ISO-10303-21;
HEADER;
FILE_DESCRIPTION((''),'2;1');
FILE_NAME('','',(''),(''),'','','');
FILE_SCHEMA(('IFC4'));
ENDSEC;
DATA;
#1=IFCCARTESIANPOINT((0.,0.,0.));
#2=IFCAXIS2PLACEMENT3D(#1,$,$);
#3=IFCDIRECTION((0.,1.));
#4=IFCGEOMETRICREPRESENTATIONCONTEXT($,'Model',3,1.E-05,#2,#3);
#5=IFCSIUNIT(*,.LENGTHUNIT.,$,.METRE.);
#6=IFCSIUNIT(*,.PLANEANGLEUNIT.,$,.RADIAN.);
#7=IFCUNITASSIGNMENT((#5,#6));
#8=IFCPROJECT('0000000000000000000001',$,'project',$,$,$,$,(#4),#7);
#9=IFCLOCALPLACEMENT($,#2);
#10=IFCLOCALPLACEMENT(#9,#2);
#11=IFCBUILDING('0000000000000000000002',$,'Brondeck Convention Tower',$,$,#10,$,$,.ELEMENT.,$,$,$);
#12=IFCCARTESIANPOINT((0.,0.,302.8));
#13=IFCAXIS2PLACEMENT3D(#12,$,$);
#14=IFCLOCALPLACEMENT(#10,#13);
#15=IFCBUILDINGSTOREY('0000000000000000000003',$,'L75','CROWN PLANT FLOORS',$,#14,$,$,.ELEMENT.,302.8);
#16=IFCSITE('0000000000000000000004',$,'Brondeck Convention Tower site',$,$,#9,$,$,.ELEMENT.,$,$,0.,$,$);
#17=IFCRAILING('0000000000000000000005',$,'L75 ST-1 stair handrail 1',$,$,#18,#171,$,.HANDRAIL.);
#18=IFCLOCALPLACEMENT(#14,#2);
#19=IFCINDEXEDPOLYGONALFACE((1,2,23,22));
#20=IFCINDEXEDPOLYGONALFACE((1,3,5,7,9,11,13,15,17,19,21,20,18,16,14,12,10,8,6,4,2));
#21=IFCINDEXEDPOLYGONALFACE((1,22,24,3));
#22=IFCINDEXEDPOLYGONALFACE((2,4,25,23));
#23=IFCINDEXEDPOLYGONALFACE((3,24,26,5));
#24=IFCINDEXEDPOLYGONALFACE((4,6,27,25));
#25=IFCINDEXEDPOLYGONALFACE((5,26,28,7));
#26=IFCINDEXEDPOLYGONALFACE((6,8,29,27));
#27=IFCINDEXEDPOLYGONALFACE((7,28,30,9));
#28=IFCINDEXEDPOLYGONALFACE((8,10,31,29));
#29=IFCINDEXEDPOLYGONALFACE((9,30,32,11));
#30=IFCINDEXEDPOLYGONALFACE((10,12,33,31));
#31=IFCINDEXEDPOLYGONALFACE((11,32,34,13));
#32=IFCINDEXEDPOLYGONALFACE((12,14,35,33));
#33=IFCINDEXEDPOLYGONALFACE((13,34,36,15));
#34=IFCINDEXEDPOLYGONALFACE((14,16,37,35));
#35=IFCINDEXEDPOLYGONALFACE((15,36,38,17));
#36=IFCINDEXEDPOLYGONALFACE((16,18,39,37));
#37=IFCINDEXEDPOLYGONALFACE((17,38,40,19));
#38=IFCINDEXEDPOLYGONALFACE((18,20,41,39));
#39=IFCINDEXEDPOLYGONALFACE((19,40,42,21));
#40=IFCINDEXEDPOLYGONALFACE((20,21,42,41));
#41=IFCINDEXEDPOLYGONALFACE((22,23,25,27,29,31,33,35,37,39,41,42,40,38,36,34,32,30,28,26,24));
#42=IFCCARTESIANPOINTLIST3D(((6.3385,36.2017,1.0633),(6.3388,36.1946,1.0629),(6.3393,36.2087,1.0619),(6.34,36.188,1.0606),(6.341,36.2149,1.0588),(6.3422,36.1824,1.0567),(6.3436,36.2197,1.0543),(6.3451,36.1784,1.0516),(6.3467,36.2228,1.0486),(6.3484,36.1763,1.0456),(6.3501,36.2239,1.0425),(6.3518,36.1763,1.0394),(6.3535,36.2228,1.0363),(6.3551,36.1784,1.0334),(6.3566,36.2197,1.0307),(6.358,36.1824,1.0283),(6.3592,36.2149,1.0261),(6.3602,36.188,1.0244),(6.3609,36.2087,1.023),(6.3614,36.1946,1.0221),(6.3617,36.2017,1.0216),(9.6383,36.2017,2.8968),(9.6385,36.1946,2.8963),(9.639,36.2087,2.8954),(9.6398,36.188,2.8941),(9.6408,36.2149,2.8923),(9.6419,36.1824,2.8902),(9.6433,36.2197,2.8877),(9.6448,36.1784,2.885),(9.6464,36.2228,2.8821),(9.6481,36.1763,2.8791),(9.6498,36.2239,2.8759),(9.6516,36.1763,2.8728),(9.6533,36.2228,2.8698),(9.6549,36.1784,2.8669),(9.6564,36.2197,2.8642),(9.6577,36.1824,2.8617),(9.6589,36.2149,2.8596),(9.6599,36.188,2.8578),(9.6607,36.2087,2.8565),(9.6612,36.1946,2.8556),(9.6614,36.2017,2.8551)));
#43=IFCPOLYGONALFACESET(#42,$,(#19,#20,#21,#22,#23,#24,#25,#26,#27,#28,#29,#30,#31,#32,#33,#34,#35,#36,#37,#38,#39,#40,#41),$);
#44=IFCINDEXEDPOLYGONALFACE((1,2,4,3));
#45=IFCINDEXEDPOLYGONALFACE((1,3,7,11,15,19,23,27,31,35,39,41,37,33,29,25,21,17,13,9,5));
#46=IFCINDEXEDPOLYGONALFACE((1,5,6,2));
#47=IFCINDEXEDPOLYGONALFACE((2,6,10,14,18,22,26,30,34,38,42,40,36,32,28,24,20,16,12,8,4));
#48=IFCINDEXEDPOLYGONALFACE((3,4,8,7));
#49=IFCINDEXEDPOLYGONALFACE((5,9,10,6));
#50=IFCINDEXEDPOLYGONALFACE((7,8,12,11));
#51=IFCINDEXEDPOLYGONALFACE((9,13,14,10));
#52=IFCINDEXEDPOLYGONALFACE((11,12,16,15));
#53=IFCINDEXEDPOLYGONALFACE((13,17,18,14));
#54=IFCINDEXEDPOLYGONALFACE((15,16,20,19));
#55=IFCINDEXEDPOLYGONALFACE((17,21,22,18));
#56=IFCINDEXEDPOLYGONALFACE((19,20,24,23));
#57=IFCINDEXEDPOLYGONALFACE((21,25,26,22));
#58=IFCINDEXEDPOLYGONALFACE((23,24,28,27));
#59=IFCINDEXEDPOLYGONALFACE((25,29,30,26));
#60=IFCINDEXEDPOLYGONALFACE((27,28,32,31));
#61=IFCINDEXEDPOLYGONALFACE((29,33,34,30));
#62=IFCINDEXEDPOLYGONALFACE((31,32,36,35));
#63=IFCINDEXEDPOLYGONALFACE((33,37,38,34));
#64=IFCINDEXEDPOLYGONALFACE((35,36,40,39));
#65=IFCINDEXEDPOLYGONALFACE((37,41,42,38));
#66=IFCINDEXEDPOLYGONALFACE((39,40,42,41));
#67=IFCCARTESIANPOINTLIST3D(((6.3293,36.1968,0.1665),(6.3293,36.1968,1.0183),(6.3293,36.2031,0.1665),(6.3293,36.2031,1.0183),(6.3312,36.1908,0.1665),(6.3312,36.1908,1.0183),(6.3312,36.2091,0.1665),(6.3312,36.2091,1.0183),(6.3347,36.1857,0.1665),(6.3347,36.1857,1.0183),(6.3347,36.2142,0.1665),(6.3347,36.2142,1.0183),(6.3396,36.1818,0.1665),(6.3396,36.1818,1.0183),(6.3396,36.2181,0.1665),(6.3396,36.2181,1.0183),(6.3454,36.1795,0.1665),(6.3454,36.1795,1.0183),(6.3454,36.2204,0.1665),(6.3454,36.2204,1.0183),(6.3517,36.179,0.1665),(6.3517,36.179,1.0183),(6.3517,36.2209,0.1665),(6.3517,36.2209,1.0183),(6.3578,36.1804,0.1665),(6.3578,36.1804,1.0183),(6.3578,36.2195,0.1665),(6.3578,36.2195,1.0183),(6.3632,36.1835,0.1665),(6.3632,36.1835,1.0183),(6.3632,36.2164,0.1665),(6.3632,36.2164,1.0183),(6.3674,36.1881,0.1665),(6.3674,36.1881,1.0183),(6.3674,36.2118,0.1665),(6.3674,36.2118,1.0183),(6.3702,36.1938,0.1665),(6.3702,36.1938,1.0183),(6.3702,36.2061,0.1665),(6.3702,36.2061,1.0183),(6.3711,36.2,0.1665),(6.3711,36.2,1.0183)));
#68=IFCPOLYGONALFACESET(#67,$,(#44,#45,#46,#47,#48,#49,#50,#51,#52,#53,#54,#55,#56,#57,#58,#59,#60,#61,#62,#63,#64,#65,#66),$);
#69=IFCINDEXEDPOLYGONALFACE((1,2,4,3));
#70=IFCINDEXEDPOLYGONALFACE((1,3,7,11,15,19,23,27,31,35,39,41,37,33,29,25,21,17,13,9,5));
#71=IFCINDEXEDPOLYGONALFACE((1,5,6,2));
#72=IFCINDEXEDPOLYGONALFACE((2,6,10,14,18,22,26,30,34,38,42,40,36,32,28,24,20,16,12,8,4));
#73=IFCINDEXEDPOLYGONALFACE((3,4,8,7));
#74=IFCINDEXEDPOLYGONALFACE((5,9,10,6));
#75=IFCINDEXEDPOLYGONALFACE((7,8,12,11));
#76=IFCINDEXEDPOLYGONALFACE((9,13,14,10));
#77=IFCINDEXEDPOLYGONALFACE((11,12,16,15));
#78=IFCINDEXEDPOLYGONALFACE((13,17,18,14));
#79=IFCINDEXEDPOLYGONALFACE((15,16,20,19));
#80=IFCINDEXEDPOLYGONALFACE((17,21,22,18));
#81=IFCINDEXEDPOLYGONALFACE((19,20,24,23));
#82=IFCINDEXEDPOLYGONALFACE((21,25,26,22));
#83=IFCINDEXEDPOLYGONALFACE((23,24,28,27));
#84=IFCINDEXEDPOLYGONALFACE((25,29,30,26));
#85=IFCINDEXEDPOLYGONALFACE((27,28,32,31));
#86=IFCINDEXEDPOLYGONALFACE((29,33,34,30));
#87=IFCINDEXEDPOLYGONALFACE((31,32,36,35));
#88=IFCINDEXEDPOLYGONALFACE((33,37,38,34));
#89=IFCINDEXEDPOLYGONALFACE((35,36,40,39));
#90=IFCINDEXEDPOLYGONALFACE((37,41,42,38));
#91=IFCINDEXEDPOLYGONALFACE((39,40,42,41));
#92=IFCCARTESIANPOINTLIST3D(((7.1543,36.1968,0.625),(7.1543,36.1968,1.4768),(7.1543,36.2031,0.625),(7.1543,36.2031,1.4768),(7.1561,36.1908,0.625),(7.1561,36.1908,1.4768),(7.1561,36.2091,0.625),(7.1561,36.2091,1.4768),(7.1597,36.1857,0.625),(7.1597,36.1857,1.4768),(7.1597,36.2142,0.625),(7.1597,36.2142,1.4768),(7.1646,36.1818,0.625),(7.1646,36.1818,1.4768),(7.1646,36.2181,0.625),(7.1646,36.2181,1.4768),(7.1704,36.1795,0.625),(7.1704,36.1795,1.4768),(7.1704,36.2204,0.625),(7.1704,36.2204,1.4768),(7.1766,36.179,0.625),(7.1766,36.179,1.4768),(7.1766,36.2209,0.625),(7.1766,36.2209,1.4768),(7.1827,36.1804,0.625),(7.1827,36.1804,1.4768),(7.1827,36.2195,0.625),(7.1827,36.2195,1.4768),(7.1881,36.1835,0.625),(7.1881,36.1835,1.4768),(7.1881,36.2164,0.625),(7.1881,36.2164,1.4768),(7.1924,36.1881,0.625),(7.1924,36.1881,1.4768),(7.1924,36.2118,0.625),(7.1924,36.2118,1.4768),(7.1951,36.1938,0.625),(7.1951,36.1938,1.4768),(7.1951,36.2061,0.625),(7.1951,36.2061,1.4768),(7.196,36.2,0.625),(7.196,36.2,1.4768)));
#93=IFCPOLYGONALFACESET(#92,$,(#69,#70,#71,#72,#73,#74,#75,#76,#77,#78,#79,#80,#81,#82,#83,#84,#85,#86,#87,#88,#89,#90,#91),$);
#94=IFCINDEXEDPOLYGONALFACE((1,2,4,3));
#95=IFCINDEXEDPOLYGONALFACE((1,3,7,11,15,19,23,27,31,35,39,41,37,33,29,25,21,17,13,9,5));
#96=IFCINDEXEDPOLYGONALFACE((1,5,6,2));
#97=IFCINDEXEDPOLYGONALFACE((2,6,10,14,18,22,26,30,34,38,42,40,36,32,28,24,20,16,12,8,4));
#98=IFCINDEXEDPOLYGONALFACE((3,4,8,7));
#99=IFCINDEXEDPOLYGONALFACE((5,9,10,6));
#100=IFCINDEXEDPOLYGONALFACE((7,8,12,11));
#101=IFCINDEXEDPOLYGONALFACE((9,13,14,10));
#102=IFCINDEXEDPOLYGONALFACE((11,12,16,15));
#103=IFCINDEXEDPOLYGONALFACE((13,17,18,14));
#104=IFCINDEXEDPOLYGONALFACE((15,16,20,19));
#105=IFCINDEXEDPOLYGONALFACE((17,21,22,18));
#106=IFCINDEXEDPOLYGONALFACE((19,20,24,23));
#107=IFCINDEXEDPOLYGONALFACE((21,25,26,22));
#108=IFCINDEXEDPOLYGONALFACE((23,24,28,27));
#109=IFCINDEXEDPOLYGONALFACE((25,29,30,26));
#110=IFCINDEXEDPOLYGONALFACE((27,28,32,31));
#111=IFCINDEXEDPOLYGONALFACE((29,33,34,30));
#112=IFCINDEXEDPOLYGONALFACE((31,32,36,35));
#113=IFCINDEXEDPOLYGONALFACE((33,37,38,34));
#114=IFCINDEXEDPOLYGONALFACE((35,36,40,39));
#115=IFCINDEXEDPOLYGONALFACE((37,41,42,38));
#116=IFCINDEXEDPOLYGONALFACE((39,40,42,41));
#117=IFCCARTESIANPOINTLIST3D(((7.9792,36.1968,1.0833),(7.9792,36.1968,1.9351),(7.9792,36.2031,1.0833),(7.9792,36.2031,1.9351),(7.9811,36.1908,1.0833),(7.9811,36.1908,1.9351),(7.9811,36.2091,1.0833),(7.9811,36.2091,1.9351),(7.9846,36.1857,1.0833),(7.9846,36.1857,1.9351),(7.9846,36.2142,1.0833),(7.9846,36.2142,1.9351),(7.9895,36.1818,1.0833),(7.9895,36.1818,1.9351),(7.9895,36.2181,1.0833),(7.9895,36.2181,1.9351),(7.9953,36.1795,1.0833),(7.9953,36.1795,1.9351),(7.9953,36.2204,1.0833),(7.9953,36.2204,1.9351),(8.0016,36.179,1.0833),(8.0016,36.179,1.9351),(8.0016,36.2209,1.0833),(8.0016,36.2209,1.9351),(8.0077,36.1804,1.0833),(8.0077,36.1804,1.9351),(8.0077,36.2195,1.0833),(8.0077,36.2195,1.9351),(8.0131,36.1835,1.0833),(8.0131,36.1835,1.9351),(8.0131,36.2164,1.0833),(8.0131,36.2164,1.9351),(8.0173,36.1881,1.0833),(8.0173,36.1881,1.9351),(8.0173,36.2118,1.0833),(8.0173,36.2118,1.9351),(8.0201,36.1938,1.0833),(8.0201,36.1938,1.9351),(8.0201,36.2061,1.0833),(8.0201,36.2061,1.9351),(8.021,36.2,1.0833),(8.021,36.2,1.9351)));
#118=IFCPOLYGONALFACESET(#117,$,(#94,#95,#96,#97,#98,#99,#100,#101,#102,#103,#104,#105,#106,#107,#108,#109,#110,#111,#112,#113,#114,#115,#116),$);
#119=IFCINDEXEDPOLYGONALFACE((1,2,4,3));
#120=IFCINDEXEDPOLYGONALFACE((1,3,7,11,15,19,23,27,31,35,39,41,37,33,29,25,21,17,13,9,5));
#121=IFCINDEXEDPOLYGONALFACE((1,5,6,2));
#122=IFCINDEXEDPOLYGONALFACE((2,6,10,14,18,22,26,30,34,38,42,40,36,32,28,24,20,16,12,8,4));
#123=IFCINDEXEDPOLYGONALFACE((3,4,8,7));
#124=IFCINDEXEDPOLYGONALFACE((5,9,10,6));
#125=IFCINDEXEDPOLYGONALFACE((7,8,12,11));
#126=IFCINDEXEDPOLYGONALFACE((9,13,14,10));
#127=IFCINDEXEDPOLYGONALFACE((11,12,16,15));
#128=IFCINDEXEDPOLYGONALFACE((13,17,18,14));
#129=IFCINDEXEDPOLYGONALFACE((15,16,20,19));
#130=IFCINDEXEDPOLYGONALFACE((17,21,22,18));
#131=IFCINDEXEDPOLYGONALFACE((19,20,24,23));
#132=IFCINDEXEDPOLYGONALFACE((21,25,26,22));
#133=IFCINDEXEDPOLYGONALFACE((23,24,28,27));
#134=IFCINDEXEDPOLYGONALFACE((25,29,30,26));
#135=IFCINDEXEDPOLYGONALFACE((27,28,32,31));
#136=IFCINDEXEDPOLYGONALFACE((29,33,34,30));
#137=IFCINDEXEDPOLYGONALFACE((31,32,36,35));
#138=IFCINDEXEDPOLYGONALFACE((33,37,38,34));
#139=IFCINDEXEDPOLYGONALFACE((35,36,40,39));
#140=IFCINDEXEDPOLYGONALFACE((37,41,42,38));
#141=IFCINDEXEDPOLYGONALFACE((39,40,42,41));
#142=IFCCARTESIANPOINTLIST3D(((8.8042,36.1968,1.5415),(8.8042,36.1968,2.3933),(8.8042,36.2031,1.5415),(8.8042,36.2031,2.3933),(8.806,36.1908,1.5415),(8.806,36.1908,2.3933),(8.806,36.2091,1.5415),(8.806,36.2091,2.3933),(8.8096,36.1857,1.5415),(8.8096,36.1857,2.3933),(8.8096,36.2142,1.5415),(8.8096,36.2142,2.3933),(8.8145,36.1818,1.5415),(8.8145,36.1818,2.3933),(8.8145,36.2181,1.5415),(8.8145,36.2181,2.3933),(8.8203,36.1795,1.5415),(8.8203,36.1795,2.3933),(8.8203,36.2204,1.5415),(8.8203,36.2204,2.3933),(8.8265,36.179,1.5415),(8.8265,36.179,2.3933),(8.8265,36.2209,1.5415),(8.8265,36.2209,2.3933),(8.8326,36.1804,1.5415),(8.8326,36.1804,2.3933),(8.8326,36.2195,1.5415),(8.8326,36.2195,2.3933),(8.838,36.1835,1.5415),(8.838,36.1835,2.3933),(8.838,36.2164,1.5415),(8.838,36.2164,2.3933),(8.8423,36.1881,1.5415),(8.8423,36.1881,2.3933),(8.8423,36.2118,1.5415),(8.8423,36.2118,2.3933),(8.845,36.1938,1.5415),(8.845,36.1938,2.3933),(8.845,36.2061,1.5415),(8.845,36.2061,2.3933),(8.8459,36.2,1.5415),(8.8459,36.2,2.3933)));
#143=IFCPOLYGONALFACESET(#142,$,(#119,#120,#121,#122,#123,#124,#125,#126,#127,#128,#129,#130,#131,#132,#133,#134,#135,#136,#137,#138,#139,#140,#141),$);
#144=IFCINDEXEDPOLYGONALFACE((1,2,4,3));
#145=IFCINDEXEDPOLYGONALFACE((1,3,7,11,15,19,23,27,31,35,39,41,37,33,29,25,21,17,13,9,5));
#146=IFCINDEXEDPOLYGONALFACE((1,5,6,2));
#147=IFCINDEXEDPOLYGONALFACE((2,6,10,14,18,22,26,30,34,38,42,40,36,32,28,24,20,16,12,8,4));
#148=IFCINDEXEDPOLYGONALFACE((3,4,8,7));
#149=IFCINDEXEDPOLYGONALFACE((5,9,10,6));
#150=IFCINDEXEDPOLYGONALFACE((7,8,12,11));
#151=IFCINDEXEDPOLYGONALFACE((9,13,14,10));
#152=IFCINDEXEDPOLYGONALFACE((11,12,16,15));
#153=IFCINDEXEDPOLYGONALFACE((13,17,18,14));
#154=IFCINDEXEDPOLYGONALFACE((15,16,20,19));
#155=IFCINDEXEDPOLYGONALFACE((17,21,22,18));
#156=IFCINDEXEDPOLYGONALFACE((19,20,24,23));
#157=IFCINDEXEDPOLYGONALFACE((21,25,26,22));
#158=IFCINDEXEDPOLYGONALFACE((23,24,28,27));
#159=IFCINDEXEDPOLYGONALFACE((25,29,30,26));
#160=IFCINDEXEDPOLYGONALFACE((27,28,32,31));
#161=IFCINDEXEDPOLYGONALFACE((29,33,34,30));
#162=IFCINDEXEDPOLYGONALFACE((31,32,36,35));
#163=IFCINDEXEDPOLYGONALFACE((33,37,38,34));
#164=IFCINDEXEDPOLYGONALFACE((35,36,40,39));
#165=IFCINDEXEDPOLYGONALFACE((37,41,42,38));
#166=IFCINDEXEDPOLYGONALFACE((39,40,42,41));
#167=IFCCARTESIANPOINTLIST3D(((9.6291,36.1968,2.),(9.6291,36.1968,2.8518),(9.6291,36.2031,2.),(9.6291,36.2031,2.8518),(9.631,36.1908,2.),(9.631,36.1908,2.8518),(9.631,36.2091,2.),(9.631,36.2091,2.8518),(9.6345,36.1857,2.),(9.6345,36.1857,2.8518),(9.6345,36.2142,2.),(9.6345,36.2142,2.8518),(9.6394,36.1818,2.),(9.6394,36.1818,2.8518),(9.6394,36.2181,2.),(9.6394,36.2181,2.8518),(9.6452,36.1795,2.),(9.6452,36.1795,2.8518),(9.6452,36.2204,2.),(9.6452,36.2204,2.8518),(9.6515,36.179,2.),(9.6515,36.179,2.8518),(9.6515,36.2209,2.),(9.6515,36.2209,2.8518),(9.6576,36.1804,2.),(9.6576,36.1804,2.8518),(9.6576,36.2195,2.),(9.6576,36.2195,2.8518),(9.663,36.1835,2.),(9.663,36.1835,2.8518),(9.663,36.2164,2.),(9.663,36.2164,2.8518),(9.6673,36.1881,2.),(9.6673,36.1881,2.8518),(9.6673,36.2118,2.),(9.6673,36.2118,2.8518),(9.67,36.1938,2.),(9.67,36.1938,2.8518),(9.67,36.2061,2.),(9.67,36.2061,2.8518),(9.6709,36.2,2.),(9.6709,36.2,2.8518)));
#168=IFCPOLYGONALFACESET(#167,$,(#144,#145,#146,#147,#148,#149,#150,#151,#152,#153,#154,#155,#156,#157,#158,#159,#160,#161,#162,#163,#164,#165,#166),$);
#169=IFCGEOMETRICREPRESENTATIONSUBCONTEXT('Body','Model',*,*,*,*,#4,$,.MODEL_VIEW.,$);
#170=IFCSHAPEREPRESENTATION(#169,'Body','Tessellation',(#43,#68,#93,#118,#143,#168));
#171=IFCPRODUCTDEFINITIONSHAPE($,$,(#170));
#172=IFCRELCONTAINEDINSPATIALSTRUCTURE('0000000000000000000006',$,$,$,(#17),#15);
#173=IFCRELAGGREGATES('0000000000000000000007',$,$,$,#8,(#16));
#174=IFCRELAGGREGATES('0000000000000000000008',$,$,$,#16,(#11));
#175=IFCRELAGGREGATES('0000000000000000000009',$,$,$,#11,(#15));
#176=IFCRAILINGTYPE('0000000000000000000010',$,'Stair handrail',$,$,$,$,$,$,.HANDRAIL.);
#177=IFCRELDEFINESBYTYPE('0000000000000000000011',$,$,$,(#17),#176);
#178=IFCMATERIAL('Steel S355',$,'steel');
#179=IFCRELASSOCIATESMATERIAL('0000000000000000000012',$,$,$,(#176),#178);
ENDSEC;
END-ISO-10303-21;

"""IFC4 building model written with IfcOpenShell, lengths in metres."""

from ifc_helpers import new_model, si_unit, direction, frame, origin, origin_2d, place, context, subcontext, project, spatial, circle, extrude, material, type_object, element, save


model = new_model("IFC4")

# Units and contexts
model_context = context("Model", 3, precision=1e-05, world=origin(), true_north=direction((0.0, 1.0)))
body_context = subcontext(model_context, "Body", "Model", "MODEL_VIEW")
ifc_project = project(units=[si_unit("LENGTHUNIT", "METRE"), si_unit("PLANEANGLEUNIT", "RADIAN")], contexts=[model_context])

# Site, building, storey
site_placement = place(None, origin())
site = spatial("IfcSite", under=ifc_project, at=site_placement, Name="Brondeck Convention Tower site", CompositionType="ELEMENT", RefElevation=0.0)
building_placement = place(site_placement, origin())
building = spatial("IfcBuilding", under=site, at=building_placement, Name="Brondeck Convention Tower", CompositionType="ELEMENT")
storey_placement = place(building_placement, frame((0.0, 0.0, 302.8)))
storey = spatial("IfcBuildingStorey", under=building, at=storey_placement, Name="L75", Description="CROWN PLANT FLOORS", CompositionType="ELEMENT", Elevation=302.8)

# Railing
ifc_material_1 = material(Name="Steel S355", Category="steel")
railing_type_1 = type_object("IfcRailingType", Name="Stair handrail", PredefinedType="HANDRAIL", material=ifc_material_1)
railing_1_placement = place(storey_placement, frame((6.3501, 36.2, 0.1665)))
element("IfcRailing", 1, at=railing_1_placement, inside=storey, type_object=railing_type_1, Name="L75 ST-1 stair handrail 1", PredefinedType="HANDRAIL", context=body_context, shape_type="SweptSolid", body=[
    extrude(circle(Radius=0.0239, at=origin_2d()), frame((0.0, 0.0, 0.876), z_axis=(0.874127, 0.0, 0.485698), x_axis=(0.0, 1.0, 0.0)), (0.0, 0.0, 1.0), 3.7749),
    extrude(circle(Radius=0.021, at=origin_2d()), origin(), (0.0, 0.0, 1.0), 0.8518),
    extrude(circle(Radius=0.021, at=origin_2d()), frame((0.825, 0.0, 0.4585)), (0.0, 0.0, 1.0), 0.8518),
    extrude(circle(Radius=0.021, at=origin_2d()), frame((1.6499, 0.0, 0.9167)), (0.0, 0.0, 1.0), 0.8518),
    extrude(circle(Radius=0.021, at=origin_2d()), frame((2.4749, 0.0, 1.375)), (0.0, 0.0, 1.0), 0.8518),
    extrude(circle(Radius=0.021, at=origin_2d()), frame((3.2998, 0.0, 1.8335)), (0.0, 0.0, 1.0), 0.8518),
])

save(model, "model.ifc")
